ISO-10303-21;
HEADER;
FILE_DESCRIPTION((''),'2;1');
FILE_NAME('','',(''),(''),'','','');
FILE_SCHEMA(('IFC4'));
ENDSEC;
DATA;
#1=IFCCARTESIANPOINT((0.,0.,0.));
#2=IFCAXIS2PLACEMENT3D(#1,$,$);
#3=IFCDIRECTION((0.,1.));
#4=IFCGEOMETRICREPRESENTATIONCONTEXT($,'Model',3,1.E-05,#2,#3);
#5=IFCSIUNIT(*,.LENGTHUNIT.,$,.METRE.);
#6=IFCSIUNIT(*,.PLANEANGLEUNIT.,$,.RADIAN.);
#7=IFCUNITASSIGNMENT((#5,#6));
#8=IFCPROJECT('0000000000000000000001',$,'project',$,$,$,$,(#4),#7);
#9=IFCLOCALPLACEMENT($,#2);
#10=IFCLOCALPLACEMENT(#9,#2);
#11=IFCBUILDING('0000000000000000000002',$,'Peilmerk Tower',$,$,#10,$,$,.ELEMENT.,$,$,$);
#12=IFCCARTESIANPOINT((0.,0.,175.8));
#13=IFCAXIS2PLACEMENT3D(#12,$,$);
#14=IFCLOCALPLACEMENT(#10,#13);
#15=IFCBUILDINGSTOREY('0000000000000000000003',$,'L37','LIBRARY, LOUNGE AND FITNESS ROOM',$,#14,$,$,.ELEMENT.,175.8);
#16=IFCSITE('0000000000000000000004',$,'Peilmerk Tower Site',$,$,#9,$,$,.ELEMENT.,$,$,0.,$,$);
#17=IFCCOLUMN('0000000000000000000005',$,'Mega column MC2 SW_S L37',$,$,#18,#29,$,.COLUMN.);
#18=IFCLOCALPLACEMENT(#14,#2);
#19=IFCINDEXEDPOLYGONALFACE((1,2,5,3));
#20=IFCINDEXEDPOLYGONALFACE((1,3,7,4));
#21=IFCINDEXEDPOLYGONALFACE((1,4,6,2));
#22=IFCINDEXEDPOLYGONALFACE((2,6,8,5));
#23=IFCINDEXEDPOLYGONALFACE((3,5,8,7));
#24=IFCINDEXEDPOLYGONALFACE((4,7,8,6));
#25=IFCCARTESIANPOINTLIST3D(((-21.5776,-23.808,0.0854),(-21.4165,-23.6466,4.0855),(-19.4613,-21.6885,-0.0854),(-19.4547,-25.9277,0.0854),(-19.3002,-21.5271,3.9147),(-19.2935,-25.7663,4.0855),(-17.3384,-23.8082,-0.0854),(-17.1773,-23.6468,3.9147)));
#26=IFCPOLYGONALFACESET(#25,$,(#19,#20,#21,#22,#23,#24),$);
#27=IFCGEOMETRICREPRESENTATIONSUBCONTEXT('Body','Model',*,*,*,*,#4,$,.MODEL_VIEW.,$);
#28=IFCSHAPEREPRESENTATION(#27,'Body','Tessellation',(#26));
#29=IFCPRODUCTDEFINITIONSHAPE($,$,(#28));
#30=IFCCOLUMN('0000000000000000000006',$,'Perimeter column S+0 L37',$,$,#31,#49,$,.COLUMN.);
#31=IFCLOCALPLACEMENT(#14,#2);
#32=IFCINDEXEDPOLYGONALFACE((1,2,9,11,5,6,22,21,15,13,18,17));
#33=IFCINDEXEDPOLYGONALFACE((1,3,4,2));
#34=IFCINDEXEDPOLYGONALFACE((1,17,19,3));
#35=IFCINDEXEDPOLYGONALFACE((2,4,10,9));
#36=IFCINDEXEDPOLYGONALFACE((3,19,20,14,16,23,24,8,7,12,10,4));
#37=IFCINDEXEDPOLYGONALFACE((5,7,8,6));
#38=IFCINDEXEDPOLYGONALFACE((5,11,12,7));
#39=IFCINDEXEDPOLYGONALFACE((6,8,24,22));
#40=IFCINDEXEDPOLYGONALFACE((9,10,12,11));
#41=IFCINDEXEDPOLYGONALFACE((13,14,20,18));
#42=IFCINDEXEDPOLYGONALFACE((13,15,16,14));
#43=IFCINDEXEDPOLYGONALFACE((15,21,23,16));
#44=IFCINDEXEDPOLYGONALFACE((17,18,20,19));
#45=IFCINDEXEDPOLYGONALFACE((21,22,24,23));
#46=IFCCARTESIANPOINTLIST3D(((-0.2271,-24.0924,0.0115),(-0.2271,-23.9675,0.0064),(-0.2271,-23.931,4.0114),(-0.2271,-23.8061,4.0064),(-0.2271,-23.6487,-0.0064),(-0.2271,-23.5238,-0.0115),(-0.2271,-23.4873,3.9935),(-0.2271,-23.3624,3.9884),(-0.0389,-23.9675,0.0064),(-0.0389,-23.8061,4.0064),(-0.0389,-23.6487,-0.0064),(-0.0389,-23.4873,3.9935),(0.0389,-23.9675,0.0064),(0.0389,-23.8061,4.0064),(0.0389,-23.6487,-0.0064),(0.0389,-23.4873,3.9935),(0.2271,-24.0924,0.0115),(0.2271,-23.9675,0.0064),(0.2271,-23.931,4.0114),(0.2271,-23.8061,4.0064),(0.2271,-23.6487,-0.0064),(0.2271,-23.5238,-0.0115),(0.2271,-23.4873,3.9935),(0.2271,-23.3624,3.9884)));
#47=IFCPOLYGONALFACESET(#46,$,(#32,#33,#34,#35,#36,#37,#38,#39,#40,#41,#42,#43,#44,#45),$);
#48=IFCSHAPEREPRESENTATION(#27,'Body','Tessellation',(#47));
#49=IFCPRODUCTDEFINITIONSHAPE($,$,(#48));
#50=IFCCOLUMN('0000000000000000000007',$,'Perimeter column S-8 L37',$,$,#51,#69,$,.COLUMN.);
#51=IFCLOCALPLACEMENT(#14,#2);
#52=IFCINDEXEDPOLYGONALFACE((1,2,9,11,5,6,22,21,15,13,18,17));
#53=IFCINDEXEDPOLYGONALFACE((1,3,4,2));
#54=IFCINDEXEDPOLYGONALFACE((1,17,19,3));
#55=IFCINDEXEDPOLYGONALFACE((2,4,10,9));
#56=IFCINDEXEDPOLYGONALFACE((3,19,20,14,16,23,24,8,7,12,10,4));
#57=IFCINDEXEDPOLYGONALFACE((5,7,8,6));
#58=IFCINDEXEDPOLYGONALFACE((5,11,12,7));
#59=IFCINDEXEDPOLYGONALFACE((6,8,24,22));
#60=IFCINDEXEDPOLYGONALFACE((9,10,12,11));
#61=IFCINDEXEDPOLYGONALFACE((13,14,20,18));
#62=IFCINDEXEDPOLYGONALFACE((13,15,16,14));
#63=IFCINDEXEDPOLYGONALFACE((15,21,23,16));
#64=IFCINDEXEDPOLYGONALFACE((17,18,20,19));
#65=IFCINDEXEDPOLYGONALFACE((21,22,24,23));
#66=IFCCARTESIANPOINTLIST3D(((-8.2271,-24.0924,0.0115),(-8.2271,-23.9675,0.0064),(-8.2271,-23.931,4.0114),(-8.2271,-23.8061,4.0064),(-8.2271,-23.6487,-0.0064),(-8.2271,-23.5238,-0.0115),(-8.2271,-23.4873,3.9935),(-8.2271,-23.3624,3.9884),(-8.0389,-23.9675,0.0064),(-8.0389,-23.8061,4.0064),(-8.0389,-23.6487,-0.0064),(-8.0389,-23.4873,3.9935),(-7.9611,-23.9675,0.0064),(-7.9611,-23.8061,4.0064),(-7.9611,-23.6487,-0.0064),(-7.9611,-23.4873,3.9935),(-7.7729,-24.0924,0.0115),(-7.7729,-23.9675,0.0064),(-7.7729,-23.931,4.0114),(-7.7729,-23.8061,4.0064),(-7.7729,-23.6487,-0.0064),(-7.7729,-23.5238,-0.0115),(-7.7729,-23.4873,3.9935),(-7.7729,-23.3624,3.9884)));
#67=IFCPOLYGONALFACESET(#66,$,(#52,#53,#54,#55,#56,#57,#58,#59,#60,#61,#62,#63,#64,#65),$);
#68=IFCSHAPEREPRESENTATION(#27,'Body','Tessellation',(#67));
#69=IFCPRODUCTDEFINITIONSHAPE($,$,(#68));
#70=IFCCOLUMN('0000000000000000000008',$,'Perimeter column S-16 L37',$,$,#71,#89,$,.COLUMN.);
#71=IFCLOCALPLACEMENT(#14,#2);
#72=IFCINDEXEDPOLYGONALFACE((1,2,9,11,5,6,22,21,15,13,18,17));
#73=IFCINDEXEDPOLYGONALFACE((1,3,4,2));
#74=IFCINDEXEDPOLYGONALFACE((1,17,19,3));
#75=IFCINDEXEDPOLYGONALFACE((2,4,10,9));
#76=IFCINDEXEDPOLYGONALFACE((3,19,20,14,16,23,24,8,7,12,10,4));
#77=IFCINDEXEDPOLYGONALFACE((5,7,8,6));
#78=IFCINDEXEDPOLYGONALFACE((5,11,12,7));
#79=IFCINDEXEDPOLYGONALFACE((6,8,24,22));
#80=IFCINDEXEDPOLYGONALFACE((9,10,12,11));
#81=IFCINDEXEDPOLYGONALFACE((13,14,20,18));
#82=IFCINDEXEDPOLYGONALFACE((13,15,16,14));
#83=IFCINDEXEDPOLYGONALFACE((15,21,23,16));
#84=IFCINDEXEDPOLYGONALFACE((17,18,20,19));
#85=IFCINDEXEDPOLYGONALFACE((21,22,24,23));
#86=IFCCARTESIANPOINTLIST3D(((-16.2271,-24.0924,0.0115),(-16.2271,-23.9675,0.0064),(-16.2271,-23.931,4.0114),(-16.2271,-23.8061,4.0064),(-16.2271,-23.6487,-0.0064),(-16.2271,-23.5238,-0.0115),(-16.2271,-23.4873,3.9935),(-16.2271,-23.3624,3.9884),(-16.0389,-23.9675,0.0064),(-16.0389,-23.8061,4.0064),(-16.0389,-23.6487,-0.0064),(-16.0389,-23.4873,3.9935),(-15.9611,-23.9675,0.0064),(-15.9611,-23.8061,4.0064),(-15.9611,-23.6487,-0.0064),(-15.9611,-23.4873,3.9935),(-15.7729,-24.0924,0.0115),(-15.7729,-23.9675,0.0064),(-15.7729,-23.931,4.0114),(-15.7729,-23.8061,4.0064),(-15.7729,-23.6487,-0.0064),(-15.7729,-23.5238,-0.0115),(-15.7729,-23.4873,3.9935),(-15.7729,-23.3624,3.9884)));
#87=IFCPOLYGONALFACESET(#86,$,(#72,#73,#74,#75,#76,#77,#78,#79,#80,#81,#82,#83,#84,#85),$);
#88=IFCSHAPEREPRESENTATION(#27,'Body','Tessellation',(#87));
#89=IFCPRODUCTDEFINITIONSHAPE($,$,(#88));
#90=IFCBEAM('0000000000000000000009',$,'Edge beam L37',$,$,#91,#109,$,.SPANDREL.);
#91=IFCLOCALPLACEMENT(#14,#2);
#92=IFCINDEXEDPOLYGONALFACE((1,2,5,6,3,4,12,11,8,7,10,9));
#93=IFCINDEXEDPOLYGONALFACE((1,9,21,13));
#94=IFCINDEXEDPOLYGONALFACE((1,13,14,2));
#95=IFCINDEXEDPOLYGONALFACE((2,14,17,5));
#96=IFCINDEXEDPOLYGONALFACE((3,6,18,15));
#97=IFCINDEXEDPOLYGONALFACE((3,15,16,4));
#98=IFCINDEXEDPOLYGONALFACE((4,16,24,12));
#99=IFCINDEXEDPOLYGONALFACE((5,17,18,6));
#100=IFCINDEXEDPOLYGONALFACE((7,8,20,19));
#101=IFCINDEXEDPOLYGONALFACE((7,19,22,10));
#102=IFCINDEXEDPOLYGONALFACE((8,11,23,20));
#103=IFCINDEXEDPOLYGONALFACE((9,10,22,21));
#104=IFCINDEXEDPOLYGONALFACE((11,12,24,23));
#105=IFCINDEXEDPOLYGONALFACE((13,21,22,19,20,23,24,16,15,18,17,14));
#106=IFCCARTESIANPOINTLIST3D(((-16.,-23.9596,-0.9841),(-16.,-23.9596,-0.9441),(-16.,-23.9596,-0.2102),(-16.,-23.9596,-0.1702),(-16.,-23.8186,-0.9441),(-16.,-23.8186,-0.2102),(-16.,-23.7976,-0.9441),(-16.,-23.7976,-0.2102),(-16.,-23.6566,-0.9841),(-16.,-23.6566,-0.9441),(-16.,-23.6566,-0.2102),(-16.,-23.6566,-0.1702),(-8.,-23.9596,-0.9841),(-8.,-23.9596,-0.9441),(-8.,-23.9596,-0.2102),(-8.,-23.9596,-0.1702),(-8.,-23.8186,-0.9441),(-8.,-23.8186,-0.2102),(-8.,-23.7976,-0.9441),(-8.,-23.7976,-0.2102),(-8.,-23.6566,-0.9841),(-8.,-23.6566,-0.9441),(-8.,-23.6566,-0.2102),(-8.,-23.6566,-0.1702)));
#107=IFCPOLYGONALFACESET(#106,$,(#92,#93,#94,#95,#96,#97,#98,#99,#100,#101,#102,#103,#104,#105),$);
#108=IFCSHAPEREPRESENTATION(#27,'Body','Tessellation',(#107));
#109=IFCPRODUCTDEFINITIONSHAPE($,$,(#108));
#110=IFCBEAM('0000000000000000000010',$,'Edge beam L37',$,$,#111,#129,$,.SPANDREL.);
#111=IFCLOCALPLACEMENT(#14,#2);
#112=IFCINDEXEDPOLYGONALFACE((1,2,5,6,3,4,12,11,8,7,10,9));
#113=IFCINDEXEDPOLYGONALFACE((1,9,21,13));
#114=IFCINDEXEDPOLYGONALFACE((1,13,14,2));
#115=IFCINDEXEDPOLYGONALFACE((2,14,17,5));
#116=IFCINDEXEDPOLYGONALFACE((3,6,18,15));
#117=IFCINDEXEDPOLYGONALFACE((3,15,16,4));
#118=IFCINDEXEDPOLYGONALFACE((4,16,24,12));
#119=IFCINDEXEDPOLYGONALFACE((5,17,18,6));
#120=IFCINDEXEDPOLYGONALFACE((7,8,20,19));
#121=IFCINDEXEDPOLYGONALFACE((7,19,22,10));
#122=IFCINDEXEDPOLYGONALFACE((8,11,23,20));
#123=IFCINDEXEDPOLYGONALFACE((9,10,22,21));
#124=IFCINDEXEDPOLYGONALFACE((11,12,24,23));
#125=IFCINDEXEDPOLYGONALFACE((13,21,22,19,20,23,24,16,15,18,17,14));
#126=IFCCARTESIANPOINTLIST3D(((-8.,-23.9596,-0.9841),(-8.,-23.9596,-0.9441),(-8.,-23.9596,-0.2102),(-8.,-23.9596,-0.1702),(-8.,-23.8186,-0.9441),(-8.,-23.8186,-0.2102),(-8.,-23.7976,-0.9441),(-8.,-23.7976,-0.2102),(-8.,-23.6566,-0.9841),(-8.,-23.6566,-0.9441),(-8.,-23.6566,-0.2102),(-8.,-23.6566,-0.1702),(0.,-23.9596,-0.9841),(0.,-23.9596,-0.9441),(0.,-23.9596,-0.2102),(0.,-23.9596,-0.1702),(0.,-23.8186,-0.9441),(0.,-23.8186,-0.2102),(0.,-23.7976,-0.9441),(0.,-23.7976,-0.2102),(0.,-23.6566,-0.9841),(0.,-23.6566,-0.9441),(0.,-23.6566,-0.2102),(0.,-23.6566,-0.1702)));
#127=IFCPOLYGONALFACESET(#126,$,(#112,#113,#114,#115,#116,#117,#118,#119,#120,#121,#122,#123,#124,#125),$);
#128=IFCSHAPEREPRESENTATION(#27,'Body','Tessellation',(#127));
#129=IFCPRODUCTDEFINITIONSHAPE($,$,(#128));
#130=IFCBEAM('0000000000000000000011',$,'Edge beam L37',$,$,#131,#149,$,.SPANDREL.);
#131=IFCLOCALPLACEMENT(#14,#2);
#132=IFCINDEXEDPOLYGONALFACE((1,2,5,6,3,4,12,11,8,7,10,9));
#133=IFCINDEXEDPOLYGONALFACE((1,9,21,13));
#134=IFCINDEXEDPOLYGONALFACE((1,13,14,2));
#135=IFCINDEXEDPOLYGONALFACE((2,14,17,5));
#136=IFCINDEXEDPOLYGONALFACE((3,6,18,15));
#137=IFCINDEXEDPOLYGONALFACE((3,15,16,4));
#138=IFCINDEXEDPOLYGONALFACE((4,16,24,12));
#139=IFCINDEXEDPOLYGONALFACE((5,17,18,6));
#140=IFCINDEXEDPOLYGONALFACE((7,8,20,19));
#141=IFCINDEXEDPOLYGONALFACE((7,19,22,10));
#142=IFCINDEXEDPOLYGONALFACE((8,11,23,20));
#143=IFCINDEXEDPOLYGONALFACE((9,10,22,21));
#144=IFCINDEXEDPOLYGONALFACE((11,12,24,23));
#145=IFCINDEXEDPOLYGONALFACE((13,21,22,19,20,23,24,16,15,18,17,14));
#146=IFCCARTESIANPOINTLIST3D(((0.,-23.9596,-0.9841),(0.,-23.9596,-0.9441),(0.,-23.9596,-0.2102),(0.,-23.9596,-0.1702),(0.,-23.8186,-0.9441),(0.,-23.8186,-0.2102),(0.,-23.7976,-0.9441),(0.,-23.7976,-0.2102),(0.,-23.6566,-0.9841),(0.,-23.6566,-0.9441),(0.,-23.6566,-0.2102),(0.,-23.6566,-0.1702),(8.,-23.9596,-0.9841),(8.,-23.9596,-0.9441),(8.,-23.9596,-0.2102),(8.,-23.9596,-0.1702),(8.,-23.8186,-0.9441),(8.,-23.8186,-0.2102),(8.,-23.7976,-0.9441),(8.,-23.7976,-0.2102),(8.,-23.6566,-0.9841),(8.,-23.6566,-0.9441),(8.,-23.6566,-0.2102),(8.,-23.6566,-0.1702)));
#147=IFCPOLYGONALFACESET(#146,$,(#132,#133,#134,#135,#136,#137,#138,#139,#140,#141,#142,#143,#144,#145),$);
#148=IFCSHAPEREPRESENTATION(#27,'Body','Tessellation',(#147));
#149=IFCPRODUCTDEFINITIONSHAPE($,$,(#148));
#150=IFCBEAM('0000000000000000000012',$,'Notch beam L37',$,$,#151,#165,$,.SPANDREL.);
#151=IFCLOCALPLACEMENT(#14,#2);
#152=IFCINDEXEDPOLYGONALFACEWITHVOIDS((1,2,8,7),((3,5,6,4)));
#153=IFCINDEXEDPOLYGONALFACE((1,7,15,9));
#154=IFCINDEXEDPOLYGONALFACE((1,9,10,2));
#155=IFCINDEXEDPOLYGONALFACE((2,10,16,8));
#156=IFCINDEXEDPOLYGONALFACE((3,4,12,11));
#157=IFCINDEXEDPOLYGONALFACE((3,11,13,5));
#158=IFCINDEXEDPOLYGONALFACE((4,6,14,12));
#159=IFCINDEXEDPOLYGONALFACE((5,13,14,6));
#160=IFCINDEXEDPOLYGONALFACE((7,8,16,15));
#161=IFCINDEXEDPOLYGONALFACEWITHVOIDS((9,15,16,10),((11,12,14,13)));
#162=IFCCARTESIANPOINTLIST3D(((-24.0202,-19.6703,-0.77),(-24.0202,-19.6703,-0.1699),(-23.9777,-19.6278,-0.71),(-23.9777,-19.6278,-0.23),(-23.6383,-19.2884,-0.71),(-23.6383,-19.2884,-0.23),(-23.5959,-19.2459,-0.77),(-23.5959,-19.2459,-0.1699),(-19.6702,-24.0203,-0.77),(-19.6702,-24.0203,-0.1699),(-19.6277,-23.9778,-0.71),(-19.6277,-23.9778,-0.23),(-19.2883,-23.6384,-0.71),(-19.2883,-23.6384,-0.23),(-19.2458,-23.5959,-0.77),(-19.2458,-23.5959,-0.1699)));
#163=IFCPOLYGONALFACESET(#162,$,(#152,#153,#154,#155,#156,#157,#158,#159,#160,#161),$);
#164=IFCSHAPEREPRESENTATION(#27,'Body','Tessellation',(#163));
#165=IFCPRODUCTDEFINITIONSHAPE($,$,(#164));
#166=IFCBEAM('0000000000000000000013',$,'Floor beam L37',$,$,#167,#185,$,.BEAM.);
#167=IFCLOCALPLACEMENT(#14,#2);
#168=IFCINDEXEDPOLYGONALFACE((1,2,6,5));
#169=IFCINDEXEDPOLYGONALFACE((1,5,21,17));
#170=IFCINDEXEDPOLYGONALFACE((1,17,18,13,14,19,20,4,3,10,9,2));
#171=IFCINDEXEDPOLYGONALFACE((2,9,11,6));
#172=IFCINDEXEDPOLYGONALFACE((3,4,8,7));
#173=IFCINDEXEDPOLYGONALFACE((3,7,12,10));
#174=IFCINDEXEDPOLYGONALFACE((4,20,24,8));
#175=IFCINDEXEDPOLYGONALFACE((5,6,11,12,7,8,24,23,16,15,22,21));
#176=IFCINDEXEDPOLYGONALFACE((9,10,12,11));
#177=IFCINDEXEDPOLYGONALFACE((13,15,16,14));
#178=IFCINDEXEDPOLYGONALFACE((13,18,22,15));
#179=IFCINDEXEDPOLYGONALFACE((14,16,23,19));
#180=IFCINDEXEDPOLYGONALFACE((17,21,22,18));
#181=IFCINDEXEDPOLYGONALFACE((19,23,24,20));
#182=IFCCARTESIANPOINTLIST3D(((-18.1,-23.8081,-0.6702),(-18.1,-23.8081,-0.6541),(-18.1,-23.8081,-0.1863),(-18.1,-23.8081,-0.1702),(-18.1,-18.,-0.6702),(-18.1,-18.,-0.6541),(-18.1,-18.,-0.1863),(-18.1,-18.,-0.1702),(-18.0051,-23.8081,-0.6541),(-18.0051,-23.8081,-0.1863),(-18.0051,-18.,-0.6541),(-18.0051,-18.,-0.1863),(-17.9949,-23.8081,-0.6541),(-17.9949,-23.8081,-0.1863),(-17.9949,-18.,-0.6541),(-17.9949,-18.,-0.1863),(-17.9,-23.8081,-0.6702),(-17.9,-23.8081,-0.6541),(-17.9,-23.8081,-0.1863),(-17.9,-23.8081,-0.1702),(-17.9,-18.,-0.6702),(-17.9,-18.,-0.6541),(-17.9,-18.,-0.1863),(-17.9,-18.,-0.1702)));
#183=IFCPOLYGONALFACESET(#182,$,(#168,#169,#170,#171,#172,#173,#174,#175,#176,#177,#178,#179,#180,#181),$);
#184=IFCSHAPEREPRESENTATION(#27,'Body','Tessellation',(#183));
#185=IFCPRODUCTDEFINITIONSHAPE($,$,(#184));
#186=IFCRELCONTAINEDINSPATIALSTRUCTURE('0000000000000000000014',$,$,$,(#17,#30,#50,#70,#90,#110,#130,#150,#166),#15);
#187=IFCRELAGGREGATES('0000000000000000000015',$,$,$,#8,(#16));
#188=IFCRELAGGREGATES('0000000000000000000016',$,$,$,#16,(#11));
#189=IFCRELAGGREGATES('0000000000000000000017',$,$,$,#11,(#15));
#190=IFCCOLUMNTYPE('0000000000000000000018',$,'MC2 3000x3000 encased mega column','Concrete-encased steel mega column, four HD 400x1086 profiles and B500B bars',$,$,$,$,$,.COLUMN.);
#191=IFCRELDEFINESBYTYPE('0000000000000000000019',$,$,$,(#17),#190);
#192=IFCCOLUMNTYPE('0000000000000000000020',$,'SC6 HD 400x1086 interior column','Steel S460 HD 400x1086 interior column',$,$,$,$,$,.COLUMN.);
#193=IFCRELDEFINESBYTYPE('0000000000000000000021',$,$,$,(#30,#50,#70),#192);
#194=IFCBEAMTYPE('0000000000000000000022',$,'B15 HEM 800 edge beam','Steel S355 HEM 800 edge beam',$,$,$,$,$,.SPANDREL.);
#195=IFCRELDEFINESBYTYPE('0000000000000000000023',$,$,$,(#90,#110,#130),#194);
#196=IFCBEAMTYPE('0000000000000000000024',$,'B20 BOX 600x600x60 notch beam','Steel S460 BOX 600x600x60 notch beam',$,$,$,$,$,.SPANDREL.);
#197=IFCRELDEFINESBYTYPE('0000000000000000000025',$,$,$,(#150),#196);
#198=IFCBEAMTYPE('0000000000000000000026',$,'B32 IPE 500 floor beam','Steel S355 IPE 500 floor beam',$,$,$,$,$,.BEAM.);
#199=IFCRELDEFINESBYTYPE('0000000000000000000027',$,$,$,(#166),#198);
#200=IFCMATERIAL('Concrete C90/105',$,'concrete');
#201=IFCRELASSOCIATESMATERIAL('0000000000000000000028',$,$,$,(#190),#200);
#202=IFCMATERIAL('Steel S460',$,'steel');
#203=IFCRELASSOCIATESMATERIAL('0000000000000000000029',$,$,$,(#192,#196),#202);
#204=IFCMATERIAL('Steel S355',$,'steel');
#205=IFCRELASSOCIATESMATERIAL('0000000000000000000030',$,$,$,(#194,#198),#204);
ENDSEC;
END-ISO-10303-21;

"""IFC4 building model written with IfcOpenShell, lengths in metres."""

from ifc_helpers import new_model, si_unit, direction, frame, origin, origin_2d, place, context, subcontext, project, spatial, rectangle, hollow_rectangle, i_section, extrude, material, material_profile, profile_set, type_object, element, save


model = new_model("IFC4")

# Units and contexts
model_context = context("Model", 3, precision=1e-05, world=origin(), true_north=direction((0.0, 1.0)))
body_context = subcontext(model_context, "Body", "Model", "MODEL_VIEW")
ifc_project = project(units=[si_unit("LENGTHUNIT", "METRE"), si_unit("PLANEANGLEUNIT", "RADIAN")], contexts=[model_context])

# Site, building, storey
site_placement = place(None, origin())
site = spatial("IfcSite", under=ifc_project, at=site_placement, Name="Peilmerk Tower Site", CompositionType="ELEMENT", RefElevation=0.0)
building_placement = place(site_placement, origin())
building = spatial("IfcBuilding", under=site, at=building_placement, Name="Peilmerk Tower", CompositionType="ELEMENT")
storey_placement = place(building_placement, frame((0.0, 0.0, 175.8)))
storey = spatial("IfcBuildingStorey", under=building, at=storey_placement, Name="L37", Description="LIBRARY, LOUNGE AND FITNESS ROOM", CompositionType="ELEMENT", Elevation=175.8)

# Columns
ifc_material_1 = material(Name="Concrete C90/105", Category="concrete")
ifc_material_profile_1 = material_profile(ifc_material_1, rectangle(XDim=3.0, YDim=3.0, at=origin_2d()), Name="RC 3000x3000")
ifc_profile_set_1 = profile_set([ifc_material_profile_1], Name="Concrete C90/105")
column_type_1 = type_object("IfcColumnType", Name="MC2 3000x3000 encased mega column", Description="Concrete-encased steel mega column, four HD 400x1086 profiles and B500B bars", PredefinedType="COLUMN", material=ifc_profile_set_1)
column_placement = place(storey_placement, frame((-19.458, -23.8081, 0.0), z_axis=(0.040218, 0.040279, 0.998379), x_axis=(-0.707642, 0.706571, 0.0)))
element("IfcColumn", 1, at=column_placement, inside=storey, type_object=column_type_1, Name="Mega column MC2 SW_S L37", PredefinedType="COLUMN", context=body_context, shape_type="SweptSolid", body=[
    extrude(rectangle(XDim=3.0, YDim=3.0, at=origin_2d()), origin(), (0.0, 0.0, 1.0), 4.0066),
])
ifc_material_2 = material(Name="Steel S460", Category="steel")
ifc_material_profile_2 = material_profile(ifc_material_2, i_section(OverallWidth=0.4541, OverallDepth=0.5691, WebThickness=0.0779, FlangeThickness=0.125, at=origin_2d()), Name="HD 400x1086")
ifc_profile_set_2 = profile_set([ifc_material_profile_2], Name="Steel S460")
column_type_2 = type_object("IfcColumnType", Name="SC6 HD 400x1086 interior column", Description="Steel S460 HD 400x1086 interior column", PredefinedType="COLUMN", material=ifc_profile_set_2)
for number, where, z_axis, x_axis, name in (
    (2, (0.0, -23.8081, 0.0), (0.0, 0.040311, 0.999187), (-1.0, 0.0, 0.0), "Perimeter column S+0 L37"),
    (3, (-8.0, -23.8081, 0.0), (0.0, 0.040311, 0.999187), (-1.0, 0.0, 0.0), "Perimeter column S-8 L37"),
    (4, (-16.0, -23.8081, 0.0), (0.0, 0.040311, 0.999187), (-1.0, 0.0, 0.0), "Perimeter column S-16 L37"),
):
    element("IfcColumn", number, at=place(storey_placement, frame(where, z_axis=z_axis, x_axis=x_axis)), inside=storey, type_object=column_type_2, Name=name, PredefinedType="COLUMN", context=body_context, shape_type="SweptSolid", body=[
        extrude(i_section(OverallWidth=0.4541, OverallDepth=0.5691, WebThickness=0.0779, FlangeThickness=0.125, at=origin_2d()), origin(), (0.0, 0.0, 1.0), 4.0032),
    ])

# Beams
ifc_material_3 = material(Name="Steel S355", Category="steel")
ifc_material_profile_3 = material_profile(ifc_material_3, i_section(OverallWidth=0.303, OverallDepth=0.814, WebThickness=0.021, FlangeThickness=0.04, at=origin_2d()), Name="HEM 800")
ifc_profile_set_3 = profile_set([ifc_material_profile_3], Name="Steel S355")
beam_type_1 = type_object("IfcBeamType", Name="B15 HEM 800 edge beam", Description="Steel S355 HEM 800 edge beam", PredefinedType="SPANDREL", material=ifc_profile_set_3)
for number, where, z_axis, x_axis, name in (
    (5, (-16.0, -23.8081, -0.5771), (1.0, 0.0, 0.0), (0.0, 1.0, 0.0), "Edge beam L37"),
    (6, (-8.0, -23.8081, -0.5771), (1.0, 0.0, 0.0), (0.0, 1.0, 0.0), "Edge beam L37"),
    (7, (0.0, -23.8081, -0.5771), (1.0, 0.0, 0.0), (0.0, 1.0, 0.0), "Edge beam L37"),
):
    element("IfcBeam", number, at=place(storey_placement, frame(where, z_axis=z_axis, x_axis=x_axis)), inside=storey, type_object=beam_type_1, Name=name, PredefinedType="SPANDREL", context=body_context, shape_type="SweptSolid", body=[
        extrude(i_section(OverallWidth=0.303, OverallDepth=0.814, WebThickness=0.021, FlangeThickness=0.04, at=origin_2d()), origin(), (0.0, 0.0, 1.0), 8.0),
    ])
ifc_material_profile_4 = material_profile(ifc_material_2, hollow_rectangle(XDim=0.6001, YDim=0.6001, WallThickness=0.0601, at=origin_2d()), Name="BOX 600x600x60")
ifc_profile_set_4 = profile_set([ifc_material_profile_4], Name="Steel S460")
beam_type_2 = type_object("IfcBeamType", Name="B20 BOX 600x600x60 notch beam", Description="Steel S460 BOX 600x600x60 notch beam", PredefinedType="SPANDREL", material=ifc_profile_set_4)
beam_1_placement = place(storey_placement, frame((-19.458, -23.8081, -0.47), z_axis=(-0.707107, 0.707107, 0.0), x_axis=(-0.707107, -0.707107, 0.0)))
element("IfcBeam", 8, at=beam_1_placement, inside=storey, type_object=beam_type_2, Name="Notch beam L37", PredefinedType="SPANDREL", context=body_context, shape_type="SweptSolid", body=[
    extrude(hollow_rectangle(XDim=0.6001, YDim=0.6001, WallThickness=0.0601, at=origin_2d()), origin(), (0.0, 0.0, 1.0), 6.1519),
])
ifc_material_profile_5 = material_profile(ifc_material_3, i_section(OverallWidth=0.2, OverallDepth=0.5, WebThickness=0.0103, FlangeThickness=0.0161, at=origin_2d()), Name="IPE 500")
ifc_profile_set_5 = profile_set([ifc_material_profile_5], Name="Steel S355")
beam_type_3 = type_object("IfcBeamType", Name="B32 IPE 500 floor beam", Description="Steel S355 IPE 500 floor beam", PredefinedType="BEAM", material=ifc_profile_set_5)
for number, where, z_axis, x_axis, name in (
    (9, (-18.0, -18.0, -0.4202), (0.0, -1.0, 0.0), (1.0, 0.0, 0.0), "Floor beam L37"),
):
    element("IfcBeam", number, at=place(storey_placement, frame(where, z_axis=z_axis, x_axis=x_axis)), inside=storey, type_object=beam_type_3, Name=name, PredefinedType="BEAM", context=body_context, shape_type="SweptSolid", body=[
        extrude(i_section(OverallWidth=0.2, OverallDepth=0.5, WebThickness=0.0103, FlangeThickness=0.0161, at=origin_2d()), origin(), (0.0, 0.0, 1.0), 5.8081),
    ])

save(model, "model.ifc")
